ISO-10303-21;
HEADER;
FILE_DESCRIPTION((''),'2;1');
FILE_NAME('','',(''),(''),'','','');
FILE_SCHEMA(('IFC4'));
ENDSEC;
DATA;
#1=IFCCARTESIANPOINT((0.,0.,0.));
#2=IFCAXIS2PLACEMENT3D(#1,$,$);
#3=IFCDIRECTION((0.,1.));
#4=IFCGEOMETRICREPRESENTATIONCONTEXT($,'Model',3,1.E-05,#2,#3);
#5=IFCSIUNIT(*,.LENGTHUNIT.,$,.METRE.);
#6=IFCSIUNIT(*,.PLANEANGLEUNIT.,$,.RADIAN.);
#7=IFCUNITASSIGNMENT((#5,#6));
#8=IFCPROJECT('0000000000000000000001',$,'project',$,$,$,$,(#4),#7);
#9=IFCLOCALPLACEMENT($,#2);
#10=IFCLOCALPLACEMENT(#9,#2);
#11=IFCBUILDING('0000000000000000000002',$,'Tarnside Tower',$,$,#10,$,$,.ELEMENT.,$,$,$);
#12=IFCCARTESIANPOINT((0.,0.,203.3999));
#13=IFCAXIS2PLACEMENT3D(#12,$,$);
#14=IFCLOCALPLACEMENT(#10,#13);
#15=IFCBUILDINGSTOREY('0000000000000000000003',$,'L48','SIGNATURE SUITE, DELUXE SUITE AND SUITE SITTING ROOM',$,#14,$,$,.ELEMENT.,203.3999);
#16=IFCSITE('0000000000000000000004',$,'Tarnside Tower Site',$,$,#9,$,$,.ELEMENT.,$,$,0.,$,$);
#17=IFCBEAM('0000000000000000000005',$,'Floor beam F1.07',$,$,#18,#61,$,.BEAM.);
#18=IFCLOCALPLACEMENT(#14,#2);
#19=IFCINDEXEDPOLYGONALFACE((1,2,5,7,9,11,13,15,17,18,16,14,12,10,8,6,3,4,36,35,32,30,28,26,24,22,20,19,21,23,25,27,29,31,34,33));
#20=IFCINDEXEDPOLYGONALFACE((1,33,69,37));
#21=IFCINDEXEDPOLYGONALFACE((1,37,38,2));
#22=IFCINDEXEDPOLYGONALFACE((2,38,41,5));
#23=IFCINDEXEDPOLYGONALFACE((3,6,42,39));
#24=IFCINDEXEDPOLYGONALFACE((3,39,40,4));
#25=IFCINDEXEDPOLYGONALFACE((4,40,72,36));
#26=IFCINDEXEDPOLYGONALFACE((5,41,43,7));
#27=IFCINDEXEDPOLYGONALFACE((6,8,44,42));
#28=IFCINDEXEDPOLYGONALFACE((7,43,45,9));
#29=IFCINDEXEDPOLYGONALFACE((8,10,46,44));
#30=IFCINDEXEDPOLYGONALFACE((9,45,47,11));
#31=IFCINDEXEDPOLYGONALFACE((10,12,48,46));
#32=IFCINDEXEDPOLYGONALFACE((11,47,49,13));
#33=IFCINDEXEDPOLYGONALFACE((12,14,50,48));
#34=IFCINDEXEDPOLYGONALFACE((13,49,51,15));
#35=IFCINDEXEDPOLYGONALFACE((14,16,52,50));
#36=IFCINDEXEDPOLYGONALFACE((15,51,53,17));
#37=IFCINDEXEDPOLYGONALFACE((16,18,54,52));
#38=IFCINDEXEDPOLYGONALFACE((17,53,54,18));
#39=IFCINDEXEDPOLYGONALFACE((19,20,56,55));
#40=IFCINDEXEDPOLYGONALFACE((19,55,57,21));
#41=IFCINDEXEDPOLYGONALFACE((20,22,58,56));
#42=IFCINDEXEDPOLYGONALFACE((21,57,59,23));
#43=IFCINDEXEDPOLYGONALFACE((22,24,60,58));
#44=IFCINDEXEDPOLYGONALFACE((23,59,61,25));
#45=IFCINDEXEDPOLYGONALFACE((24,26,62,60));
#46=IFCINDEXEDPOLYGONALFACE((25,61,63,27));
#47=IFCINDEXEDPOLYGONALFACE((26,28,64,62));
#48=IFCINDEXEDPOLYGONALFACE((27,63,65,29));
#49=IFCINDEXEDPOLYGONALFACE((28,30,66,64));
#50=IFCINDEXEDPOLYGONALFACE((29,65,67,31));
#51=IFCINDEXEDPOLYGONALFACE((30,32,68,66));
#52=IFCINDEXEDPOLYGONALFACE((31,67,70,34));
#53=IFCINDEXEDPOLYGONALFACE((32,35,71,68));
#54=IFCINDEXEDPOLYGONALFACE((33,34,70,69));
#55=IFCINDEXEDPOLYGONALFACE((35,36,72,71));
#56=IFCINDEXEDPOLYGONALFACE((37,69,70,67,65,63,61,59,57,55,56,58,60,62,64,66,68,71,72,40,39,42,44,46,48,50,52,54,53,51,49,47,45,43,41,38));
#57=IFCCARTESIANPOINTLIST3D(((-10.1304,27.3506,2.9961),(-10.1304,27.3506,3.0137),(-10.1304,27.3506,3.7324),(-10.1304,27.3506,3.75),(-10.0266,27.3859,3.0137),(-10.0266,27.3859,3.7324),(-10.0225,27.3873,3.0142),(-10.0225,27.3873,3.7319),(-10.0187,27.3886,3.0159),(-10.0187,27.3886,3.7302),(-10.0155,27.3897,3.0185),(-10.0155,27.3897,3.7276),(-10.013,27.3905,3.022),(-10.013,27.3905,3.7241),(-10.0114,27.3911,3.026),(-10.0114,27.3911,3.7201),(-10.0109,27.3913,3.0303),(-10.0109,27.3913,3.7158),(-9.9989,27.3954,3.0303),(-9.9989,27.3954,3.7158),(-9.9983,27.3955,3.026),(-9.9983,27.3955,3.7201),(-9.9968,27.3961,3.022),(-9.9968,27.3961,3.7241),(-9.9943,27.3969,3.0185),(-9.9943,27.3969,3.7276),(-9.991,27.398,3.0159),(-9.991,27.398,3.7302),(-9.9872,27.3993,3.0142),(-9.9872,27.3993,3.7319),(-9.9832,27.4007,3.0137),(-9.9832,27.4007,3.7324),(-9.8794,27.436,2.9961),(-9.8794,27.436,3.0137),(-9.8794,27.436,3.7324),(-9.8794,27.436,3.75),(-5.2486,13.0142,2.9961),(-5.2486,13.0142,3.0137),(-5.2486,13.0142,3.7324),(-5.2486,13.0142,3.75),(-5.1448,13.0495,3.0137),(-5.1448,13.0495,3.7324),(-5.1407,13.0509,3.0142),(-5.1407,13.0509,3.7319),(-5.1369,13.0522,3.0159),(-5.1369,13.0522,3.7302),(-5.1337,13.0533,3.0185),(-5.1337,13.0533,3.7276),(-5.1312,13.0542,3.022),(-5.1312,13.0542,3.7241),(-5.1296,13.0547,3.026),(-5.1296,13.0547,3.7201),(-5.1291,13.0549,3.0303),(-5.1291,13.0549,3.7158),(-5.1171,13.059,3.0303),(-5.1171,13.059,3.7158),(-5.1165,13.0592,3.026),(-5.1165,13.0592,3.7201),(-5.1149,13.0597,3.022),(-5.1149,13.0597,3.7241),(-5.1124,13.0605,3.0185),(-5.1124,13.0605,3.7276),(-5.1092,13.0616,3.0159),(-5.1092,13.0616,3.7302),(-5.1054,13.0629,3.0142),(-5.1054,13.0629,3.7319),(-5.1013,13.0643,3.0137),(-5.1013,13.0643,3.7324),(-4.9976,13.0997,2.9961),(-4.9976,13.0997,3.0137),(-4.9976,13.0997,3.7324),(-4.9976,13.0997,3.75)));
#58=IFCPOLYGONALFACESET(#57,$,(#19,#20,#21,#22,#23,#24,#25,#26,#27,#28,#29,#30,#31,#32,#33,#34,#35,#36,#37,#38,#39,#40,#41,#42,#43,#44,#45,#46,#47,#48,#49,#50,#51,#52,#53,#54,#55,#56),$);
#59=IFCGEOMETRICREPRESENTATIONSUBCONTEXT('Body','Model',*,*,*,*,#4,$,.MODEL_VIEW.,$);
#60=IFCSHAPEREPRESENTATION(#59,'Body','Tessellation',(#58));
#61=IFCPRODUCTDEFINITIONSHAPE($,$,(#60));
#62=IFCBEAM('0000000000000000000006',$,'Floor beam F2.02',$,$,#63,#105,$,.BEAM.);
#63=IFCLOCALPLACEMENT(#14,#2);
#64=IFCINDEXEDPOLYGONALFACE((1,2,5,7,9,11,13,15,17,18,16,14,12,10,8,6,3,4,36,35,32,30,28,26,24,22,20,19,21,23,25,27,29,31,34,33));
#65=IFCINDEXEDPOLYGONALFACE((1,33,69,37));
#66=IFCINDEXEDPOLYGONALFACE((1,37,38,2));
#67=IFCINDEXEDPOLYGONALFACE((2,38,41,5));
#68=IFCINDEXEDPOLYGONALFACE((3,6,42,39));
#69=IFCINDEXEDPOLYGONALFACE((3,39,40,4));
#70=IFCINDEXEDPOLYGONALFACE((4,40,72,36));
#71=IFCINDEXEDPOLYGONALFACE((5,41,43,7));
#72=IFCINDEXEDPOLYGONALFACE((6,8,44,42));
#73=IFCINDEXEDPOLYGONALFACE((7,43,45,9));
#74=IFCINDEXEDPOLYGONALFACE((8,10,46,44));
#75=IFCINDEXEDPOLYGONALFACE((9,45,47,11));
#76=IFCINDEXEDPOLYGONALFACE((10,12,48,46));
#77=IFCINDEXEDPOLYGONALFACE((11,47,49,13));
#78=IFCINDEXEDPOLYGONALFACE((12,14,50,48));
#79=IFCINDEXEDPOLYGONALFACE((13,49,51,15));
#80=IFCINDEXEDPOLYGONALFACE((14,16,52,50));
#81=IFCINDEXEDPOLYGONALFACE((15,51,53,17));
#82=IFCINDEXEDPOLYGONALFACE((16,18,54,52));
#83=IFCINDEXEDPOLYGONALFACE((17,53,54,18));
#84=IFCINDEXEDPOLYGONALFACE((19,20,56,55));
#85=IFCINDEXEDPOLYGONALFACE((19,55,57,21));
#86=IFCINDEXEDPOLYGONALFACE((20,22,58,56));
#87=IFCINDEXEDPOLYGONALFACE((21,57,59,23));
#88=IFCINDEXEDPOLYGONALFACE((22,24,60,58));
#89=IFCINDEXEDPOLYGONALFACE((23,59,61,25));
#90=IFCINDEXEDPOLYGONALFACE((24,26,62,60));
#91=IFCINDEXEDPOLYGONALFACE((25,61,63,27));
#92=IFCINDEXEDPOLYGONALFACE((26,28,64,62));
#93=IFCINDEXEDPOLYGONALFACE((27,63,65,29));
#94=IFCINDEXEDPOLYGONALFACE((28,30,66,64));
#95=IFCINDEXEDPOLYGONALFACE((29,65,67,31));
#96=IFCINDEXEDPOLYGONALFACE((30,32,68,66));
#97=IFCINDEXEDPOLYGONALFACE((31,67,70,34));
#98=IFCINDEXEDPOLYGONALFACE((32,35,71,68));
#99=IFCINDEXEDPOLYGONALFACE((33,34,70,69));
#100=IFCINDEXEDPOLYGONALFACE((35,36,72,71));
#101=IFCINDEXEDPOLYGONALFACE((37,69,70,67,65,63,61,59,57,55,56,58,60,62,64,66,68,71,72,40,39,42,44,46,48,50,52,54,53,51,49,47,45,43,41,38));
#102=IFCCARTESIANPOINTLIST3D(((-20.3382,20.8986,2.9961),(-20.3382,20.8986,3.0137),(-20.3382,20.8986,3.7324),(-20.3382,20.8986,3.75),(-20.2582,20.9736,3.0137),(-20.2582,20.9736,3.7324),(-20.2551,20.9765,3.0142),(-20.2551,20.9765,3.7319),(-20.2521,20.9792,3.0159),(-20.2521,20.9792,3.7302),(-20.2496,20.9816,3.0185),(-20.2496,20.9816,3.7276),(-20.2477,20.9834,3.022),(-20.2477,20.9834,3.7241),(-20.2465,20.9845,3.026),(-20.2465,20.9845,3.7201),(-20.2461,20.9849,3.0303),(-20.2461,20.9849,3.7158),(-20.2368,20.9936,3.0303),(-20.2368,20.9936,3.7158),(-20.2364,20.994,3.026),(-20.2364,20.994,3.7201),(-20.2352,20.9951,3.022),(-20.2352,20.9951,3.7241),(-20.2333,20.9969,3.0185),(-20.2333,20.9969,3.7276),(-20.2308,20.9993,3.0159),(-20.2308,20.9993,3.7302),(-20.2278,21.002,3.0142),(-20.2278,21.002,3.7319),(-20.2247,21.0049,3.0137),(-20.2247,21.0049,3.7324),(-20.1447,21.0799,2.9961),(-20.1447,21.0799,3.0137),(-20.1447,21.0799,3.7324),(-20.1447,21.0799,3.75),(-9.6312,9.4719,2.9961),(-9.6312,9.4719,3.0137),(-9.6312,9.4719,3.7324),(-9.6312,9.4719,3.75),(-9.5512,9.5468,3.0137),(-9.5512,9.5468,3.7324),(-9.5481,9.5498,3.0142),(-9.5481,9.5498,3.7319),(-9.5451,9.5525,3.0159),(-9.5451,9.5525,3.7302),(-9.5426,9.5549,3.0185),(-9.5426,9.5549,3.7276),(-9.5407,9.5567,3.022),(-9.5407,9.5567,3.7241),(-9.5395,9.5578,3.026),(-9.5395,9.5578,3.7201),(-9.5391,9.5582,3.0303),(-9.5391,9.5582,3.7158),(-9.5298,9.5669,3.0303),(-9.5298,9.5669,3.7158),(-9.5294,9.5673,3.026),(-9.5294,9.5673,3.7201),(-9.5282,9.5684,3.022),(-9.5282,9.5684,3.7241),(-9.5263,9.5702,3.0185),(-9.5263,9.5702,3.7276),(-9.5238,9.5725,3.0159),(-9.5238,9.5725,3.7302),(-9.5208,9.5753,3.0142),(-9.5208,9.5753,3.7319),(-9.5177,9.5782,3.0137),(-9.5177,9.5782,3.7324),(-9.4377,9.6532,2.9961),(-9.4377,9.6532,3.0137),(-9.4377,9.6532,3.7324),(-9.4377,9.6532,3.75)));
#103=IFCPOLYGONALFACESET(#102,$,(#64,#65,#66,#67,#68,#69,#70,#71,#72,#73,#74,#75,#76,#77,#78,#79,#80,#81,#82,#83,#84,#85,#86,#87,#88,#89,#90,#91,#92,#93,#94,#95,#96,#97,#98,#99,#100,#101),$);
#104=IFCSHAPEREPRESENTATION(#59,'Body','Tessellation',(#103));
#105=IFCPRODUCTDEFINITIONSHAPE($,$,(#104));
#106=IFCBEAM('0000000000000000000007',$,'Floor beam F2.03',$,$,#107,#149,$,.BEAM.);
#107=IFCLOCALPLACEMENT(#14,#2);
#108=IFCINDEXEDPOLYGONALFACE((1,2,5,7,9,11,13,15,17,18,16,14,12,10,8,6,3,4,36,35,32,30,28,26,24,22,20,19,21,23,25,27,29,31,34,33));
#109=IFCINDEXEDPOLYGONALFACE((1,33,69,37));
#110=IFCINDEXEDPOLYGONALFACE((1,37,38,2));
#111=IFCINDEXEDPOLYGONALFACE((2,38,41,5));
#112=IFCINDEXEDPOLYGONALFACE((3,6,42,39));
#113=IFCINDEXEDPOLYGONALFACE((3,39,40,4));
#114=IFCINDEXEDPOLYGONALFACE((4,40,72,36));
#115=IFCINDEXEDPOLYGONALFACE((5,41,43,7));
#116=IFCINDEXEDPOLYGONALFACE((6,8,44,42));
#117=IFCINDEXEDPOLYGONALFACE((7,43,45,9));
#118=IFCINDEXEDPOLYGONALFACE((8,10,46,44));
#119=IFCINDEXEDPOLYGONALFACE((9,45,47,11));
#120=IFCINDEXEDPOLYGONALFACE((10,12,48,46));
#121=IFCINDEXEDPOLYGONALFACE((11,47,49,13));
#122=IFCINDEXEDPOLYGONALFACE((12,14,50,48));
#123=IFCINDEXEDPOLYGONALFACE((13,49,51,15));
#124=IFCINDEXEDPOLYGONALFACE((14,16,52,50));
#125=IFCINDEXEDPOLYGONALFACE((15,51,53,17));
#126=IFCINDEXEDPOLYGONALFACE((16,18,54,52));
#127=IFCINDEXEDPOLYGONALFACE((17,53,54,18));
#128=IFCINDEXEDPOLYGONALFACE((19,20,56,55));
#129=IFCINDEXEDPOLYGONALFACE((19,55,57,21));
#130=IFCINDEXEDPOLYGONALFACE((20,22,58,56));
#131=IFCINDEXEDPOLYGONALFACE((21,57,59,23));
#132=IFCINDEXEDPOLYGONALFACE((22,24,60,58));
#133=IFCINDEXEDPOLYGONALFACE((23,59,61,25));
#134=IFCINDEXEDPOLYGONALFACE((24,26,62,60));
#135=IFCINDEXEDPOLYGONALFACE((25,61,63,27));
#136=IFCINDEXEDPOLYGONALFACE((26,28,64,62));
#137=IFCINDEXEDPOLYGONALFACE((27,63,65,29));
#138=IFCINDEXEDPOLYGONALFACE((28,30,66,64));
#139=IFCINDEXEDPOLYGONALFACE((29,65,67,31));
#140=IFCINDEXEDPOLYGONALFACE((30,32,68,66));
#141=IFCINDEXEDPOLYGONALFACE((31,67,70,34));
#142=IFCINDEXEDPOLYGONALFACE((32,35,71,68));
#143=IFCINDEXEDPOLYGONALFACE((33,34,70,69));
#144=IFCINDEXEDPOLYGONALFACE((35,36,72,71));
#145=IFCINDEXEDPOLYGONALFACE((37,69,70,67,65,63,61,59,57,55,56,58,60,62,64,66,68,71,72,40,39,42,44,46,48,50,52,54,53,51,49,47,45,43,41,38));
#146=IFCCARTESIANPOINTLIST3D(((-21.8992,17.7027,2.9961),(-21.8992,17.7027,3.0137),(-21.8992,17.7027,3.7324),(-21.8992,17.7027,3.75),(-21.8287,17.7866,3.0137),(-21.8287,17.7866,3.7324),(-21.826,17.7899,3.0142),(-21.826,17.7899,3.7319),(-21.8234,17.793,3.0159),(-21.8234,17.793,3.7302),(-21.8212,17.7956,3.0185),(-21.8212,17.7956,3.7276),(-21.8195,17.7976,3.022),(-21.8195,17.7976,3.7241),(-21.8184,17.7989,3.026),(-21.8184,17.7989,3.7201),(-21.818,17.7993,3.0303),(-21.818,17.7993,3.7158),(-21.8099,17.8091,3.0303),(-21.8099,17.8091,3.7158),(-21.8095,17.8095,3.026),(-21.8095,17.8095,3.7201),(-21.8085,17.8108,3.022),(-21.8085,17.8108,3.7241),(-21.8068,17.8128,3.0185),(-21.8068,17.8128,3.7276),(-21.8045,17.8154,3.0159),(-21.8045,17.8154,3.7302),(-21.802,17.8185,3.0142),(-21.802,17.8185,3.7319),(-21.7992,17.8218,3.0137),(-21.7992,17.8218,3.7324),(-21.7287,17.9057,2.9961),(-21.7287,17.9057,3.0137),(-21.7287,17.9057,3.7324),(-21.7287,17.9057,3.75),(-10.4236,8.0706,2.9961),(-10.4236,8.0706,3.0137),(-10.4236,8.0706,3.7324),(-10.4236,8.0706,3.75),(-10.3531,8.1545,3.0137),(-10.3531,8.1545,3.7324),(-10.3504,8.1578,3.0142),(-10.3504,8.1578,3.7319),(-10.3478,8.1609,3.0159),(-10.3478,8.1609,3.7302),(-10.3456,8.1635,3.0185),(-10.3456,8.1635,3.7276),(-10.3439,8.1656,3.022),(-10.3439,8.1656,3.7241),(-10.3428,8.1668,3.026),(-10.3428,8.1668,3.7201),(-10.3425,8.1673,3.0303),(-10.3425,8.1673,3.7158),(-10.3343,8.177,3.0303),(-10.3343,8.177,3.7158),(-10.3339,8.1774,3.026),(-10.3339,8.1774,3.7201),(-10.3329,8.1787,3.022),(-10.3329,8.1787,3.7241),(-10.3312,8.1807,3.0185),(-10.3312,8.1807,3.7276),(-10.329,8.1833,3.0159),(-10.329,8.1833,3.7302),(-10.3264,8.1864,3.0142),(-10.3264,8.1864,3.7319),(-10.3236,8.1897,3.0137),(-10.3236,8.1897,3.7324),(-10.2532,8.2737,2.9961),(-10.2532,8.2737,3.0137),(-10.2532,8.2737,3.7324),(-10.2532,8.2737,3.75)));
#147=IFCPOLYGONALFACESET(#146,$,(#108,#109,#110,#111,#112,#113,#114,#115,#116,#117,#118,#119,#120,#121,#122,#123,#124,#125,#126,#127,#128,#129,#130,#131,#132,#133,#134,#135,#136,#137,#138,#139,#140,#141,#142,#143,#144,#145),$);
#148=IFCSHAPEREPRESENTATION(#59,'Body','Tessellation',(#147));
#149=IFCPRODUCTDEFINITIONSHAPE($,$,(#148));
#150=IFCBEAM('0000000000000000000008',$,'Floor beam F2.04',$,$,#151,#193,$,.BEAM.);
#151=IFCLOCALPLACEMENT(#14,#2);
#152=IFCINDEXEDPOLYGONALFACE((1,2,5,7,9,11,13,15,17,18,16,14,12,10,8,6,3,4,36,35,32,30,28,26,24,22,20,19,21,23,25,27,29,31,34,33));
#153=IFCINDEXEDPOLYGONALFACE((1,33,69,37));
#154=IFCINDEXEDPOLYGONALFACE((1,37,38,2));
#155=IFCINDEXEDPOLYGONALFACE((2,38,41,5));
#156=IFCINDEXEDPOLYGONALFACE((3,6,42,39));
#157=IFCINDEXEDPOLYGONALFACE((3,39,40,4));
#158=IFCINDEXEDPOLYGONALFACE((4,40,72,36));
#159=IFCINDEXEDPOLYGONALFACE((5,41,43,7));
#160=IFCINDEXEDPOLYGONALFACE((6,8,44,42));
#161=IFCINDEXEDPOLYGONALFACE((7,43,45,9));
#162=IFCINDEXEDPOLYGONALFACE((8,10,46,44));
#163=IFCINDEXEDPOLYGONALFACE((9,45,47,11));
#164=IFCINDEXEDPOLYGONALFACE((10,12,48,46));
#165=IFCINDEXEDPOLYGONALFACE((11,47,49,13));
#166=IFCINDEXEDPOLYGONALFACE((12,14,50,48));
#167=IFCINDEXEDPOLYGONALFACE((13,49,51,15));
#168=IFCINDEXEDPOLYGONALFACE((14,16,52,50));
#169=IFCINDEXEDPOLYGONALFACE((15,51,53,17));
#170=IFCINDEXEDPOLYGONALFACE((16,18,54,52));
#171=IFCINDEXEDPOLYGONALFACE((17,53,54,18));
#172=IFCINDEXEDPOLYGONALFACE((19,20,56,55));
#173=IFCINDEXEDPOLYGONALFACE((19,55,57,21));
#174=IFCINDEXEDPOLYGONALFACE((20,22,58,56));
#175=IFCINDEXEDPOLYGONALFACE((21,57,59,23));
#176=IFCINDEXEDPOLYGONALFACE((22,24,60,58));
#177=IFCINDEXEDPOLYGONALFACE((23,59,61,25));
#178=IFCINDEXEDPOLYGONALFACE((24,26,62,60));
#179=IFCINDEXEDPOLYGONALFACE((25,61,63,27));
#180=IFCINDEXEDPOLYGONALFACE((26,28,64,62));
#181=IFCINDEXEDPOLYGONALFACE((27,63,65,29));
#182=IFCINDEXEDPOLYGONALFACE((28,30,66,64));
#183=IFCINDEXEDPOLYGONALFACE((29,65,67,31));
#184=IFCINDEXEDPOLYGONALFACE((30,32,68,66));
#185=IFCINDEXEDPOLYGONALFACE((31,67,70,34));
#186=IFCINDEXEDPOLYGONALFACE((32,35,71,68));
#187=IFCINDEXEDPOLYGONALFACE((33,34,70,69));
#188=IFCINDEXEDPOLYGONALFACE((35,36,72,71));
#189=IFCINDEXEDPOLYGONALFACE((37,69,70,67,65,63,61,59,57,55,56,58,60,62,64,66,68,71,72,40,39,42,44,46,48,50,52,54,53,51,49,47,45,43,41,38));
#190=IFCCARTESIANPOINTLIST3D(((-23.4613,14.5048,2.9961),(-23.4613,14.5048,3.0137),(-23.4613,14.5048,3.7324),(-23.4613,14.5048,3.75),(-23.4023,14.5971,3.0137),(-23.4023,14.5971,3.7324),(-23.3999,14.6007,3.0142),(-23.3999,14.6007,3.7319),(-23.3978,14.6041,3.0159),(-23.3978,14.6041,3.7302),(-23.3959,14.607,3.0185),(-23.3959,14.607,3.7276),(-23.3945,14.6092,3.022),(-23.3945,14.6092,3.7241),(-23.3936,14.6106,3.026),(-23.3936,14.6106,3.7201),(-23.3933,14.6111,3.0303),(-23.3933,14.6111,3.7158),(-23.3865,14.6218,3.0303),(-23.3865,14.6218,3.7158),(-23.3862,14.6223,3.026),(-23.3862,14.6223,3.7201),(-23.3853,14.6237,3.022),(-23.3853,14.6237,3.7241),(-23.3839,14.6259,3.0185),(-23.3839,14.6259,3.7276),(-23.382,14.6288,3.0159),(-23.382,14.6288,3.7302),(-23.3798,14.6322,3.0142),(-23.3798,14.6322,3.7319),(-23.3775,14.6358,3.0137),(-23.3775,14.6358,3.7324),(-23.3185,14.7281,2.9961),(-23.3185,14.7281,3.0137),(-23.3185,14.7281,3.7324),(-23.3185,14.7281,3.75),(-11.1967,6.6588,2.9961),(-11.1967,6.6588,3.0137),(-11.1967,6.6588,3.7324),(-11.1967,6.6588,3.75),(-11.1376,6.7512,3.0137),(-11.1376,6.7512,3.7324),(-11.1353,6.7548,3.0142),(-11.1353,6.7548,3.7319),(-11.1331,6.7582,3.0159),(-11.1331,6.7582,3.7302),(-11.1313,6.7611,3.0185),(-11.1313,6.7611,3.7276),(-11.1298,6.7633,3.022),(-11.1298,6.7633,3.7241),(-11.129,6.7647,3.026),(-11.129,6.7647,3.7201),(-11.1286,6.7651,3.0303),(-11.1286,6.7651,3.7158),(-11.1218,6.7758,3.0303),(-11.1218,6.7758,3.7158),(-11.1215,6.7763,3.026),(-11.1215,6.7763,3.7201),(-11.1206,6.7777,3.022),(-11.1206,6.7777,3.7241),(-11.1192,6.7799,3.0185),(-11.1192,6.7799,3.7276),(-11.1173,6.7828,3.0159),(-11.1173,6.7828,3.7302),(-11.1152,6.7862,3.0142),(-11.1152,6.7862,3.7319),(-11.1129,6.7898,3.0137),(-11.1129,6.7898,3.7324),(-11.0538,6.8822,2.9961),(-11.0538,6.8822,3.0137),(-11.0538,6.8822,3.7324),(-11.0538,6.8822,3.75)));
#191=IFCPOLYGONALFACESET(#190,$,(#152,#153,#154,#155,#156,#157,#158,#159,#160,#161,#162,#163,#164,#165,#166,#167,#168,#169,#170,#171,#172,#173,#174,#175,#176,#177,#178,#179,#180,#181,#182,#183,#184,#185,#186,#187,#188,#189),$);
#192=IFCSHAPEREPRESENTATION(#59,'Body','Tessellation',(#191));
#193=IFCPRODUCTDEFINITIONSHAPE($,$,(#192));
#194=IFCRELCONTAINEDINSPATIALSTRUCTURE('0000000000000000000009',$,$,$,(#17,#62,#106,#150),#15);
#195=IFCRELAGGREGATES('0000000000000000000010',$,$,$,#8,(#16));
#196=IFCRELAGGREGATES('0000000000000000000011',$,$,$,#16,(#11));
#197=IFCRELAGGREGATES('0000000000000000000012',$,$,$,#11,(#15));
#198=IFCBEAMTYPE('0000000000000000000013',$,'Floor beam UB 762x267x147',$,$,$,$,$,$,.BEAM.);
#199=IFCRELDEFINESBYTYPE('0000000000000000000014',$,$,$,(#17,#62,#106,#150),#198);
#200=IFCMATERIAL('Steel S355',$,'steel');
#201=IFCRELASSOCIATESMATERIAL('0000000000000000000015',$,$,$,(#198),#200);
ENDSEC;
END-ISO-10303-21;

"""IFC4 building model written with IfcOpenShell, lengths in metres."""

from ifc_helpers import new_model, si_unit, direction, frame, origin, origin_2d, place, context, subcontext, project, spatial, i_section, extrude, material, material_profile, profile_set, type_object, element, save


model = new_model("IFC4")

# Units and contexts
model_context = context("Model", 3, precision=1e-05, world=origin(), true_north=direction((0.0, 1.0)))
body_context = subcontext(model_context, "Body", "Model", "MODEL_VIEW")
ifc_project = project(units=[si_unit("LENGTHUNIT", "METRE"), si_unit("PLANEANGLEUNIT", "RADIAN")], contexts=[model_context])

# Site, building, storey
site_placement = place(None, origin())
site = spatial("IfcSite", under=ifc_project, at=site_placement, Name="Tarnside Tower Site", CompositionType="ELEMENT", RefElevation=0.0)
building_placement = place(site_placement, origin())
building = spatial("IfcBuilding", under=site, at=building_placement, Name="Tarnside Tower", CompositionType="ELEMENT")
storey_placement = place(building_placement, frame((0.0, 0.0, 203.3999)))
storey = spatial("IfcBuildingStorey", under=building, at=storey_placement, Name="L48", Description="SIGNATURE SUITE, DELUXE SUITE AND SUITE SITTING ROOM", CompositionType="ELEMENT", Elevation=203.3999)

# Beams
ifc_material_1 = material(Name="Steel S355", Category="steel")
ifc_material_profile_1 = material_profile(ifc_material_1, i_section(OverallWidth=0.2651, OverallDepth=0.7539, WebThickness=0.0127, FlangeThickness=0.0176, FilletRadius=0.0166, at=origin_2d()), Name="UB 762x267x147")
ifc_profile_set_1 = profile_set([ifc_material_profile_1], Name="Steel S355")
beam_type_1 = type_object("IfcBeamType", Name="Floor beam UB 762x267x147", PredefinedType="BEAM", material=ifc_profile_set_1)
beam_1_placement = place(storey_placement, frame((-10.0049, 27.3933, 3.373), z_axis=(0.322344, -0.946623, 0.0), x_axis=(0.946623, 0.322344, 0.0)))
element("IfcBeam", 1, at=beam_1_placement, inside=storey, type_object=beam_type_1, Name="Floor beam F1.07", PredefinedType="BEAM", context=body_context, shape_type="SweptSolid", body=[
    extrude(i_section(OverallWidth=0.2651, OverallDepth=0.7539, WebThickness=0.0127, FlangeThickness=0.0176, FilletRadius=0.0166, at=origin_2d()), origin(), (0.0, 0.0, 1.0), 15.1448),
])
beam_2_placement = place(storey_placement, frame((-20.2415, 20.9893, 3.373), z_axis=(0.683752, -0.729714, 0.0), x_axis=(0.729714, 0.683752, 0.0)))
element("IfcBeam", 2, at=beam_2_placement, inside=storey, type_object=beam_type_1, Name="Floor beam F2.02", PredefinedType="BEAM", context=body_context, shape_type="SweptSolid", body=[
    extrude(i_section(OverallWidth=0.2651, OverallDepth=0.7539, WebThickness=0.0127, FlangeThickness=0.0176, FilletRadius=0.0166, at=origin_2d()), origin(), (0.0, 0.0, 1.0), 15.6592),
])
beam_3_placement = place(storey_placement, frame((-21.814, 17.8042, 3.373), z_axis=(0.765948, -0.642902, 0.0), x_axis=(0.642902, 0.765948, 0.0)))
element("IfcBeam", 3, at=beam_3_placement, inside=storey, type_object=beam_type_1, Name="Floor beam F2.03", PredefinedType="BEAM", context=body_context, shape_type="SweptSolid", body=[
    extrude(i_section(OverallWidth=0.2651, OverallDepth=0.7539, WebThickness=0.0127, FlangeThickness=0.0176, FilletRadius=0.0166, at=origin_2d()), origin(), (0.0, 0.0, 1.0), 14.9822),
])
beam_4_placement = place(storey_placement, frame((-23.3899, 14.6165, 3.373), z_axis=(0.842378, -0.538887, 0.0), x_axis=(0.538887, 0.842378, 0.0)))
element("IfcBeam", 4, at=beam_4_placement, inside=storey, type_object=beam_type_1, Name="Floor beam F2.04", PredefinedType="BEAM", context=body_context, shape_type="SweptSolid", body=[
    extrude(i_section(OverallWidth=0.2651, OverallDepth=0.7539, WebThickness=0.0127, FlangeThickness=0.0176, FilletRadius=0.0166, at=origin_2d()), origin(), (0.0, 0.0, 1.0), 14.5596),
])

save(model, "model.ifc")
